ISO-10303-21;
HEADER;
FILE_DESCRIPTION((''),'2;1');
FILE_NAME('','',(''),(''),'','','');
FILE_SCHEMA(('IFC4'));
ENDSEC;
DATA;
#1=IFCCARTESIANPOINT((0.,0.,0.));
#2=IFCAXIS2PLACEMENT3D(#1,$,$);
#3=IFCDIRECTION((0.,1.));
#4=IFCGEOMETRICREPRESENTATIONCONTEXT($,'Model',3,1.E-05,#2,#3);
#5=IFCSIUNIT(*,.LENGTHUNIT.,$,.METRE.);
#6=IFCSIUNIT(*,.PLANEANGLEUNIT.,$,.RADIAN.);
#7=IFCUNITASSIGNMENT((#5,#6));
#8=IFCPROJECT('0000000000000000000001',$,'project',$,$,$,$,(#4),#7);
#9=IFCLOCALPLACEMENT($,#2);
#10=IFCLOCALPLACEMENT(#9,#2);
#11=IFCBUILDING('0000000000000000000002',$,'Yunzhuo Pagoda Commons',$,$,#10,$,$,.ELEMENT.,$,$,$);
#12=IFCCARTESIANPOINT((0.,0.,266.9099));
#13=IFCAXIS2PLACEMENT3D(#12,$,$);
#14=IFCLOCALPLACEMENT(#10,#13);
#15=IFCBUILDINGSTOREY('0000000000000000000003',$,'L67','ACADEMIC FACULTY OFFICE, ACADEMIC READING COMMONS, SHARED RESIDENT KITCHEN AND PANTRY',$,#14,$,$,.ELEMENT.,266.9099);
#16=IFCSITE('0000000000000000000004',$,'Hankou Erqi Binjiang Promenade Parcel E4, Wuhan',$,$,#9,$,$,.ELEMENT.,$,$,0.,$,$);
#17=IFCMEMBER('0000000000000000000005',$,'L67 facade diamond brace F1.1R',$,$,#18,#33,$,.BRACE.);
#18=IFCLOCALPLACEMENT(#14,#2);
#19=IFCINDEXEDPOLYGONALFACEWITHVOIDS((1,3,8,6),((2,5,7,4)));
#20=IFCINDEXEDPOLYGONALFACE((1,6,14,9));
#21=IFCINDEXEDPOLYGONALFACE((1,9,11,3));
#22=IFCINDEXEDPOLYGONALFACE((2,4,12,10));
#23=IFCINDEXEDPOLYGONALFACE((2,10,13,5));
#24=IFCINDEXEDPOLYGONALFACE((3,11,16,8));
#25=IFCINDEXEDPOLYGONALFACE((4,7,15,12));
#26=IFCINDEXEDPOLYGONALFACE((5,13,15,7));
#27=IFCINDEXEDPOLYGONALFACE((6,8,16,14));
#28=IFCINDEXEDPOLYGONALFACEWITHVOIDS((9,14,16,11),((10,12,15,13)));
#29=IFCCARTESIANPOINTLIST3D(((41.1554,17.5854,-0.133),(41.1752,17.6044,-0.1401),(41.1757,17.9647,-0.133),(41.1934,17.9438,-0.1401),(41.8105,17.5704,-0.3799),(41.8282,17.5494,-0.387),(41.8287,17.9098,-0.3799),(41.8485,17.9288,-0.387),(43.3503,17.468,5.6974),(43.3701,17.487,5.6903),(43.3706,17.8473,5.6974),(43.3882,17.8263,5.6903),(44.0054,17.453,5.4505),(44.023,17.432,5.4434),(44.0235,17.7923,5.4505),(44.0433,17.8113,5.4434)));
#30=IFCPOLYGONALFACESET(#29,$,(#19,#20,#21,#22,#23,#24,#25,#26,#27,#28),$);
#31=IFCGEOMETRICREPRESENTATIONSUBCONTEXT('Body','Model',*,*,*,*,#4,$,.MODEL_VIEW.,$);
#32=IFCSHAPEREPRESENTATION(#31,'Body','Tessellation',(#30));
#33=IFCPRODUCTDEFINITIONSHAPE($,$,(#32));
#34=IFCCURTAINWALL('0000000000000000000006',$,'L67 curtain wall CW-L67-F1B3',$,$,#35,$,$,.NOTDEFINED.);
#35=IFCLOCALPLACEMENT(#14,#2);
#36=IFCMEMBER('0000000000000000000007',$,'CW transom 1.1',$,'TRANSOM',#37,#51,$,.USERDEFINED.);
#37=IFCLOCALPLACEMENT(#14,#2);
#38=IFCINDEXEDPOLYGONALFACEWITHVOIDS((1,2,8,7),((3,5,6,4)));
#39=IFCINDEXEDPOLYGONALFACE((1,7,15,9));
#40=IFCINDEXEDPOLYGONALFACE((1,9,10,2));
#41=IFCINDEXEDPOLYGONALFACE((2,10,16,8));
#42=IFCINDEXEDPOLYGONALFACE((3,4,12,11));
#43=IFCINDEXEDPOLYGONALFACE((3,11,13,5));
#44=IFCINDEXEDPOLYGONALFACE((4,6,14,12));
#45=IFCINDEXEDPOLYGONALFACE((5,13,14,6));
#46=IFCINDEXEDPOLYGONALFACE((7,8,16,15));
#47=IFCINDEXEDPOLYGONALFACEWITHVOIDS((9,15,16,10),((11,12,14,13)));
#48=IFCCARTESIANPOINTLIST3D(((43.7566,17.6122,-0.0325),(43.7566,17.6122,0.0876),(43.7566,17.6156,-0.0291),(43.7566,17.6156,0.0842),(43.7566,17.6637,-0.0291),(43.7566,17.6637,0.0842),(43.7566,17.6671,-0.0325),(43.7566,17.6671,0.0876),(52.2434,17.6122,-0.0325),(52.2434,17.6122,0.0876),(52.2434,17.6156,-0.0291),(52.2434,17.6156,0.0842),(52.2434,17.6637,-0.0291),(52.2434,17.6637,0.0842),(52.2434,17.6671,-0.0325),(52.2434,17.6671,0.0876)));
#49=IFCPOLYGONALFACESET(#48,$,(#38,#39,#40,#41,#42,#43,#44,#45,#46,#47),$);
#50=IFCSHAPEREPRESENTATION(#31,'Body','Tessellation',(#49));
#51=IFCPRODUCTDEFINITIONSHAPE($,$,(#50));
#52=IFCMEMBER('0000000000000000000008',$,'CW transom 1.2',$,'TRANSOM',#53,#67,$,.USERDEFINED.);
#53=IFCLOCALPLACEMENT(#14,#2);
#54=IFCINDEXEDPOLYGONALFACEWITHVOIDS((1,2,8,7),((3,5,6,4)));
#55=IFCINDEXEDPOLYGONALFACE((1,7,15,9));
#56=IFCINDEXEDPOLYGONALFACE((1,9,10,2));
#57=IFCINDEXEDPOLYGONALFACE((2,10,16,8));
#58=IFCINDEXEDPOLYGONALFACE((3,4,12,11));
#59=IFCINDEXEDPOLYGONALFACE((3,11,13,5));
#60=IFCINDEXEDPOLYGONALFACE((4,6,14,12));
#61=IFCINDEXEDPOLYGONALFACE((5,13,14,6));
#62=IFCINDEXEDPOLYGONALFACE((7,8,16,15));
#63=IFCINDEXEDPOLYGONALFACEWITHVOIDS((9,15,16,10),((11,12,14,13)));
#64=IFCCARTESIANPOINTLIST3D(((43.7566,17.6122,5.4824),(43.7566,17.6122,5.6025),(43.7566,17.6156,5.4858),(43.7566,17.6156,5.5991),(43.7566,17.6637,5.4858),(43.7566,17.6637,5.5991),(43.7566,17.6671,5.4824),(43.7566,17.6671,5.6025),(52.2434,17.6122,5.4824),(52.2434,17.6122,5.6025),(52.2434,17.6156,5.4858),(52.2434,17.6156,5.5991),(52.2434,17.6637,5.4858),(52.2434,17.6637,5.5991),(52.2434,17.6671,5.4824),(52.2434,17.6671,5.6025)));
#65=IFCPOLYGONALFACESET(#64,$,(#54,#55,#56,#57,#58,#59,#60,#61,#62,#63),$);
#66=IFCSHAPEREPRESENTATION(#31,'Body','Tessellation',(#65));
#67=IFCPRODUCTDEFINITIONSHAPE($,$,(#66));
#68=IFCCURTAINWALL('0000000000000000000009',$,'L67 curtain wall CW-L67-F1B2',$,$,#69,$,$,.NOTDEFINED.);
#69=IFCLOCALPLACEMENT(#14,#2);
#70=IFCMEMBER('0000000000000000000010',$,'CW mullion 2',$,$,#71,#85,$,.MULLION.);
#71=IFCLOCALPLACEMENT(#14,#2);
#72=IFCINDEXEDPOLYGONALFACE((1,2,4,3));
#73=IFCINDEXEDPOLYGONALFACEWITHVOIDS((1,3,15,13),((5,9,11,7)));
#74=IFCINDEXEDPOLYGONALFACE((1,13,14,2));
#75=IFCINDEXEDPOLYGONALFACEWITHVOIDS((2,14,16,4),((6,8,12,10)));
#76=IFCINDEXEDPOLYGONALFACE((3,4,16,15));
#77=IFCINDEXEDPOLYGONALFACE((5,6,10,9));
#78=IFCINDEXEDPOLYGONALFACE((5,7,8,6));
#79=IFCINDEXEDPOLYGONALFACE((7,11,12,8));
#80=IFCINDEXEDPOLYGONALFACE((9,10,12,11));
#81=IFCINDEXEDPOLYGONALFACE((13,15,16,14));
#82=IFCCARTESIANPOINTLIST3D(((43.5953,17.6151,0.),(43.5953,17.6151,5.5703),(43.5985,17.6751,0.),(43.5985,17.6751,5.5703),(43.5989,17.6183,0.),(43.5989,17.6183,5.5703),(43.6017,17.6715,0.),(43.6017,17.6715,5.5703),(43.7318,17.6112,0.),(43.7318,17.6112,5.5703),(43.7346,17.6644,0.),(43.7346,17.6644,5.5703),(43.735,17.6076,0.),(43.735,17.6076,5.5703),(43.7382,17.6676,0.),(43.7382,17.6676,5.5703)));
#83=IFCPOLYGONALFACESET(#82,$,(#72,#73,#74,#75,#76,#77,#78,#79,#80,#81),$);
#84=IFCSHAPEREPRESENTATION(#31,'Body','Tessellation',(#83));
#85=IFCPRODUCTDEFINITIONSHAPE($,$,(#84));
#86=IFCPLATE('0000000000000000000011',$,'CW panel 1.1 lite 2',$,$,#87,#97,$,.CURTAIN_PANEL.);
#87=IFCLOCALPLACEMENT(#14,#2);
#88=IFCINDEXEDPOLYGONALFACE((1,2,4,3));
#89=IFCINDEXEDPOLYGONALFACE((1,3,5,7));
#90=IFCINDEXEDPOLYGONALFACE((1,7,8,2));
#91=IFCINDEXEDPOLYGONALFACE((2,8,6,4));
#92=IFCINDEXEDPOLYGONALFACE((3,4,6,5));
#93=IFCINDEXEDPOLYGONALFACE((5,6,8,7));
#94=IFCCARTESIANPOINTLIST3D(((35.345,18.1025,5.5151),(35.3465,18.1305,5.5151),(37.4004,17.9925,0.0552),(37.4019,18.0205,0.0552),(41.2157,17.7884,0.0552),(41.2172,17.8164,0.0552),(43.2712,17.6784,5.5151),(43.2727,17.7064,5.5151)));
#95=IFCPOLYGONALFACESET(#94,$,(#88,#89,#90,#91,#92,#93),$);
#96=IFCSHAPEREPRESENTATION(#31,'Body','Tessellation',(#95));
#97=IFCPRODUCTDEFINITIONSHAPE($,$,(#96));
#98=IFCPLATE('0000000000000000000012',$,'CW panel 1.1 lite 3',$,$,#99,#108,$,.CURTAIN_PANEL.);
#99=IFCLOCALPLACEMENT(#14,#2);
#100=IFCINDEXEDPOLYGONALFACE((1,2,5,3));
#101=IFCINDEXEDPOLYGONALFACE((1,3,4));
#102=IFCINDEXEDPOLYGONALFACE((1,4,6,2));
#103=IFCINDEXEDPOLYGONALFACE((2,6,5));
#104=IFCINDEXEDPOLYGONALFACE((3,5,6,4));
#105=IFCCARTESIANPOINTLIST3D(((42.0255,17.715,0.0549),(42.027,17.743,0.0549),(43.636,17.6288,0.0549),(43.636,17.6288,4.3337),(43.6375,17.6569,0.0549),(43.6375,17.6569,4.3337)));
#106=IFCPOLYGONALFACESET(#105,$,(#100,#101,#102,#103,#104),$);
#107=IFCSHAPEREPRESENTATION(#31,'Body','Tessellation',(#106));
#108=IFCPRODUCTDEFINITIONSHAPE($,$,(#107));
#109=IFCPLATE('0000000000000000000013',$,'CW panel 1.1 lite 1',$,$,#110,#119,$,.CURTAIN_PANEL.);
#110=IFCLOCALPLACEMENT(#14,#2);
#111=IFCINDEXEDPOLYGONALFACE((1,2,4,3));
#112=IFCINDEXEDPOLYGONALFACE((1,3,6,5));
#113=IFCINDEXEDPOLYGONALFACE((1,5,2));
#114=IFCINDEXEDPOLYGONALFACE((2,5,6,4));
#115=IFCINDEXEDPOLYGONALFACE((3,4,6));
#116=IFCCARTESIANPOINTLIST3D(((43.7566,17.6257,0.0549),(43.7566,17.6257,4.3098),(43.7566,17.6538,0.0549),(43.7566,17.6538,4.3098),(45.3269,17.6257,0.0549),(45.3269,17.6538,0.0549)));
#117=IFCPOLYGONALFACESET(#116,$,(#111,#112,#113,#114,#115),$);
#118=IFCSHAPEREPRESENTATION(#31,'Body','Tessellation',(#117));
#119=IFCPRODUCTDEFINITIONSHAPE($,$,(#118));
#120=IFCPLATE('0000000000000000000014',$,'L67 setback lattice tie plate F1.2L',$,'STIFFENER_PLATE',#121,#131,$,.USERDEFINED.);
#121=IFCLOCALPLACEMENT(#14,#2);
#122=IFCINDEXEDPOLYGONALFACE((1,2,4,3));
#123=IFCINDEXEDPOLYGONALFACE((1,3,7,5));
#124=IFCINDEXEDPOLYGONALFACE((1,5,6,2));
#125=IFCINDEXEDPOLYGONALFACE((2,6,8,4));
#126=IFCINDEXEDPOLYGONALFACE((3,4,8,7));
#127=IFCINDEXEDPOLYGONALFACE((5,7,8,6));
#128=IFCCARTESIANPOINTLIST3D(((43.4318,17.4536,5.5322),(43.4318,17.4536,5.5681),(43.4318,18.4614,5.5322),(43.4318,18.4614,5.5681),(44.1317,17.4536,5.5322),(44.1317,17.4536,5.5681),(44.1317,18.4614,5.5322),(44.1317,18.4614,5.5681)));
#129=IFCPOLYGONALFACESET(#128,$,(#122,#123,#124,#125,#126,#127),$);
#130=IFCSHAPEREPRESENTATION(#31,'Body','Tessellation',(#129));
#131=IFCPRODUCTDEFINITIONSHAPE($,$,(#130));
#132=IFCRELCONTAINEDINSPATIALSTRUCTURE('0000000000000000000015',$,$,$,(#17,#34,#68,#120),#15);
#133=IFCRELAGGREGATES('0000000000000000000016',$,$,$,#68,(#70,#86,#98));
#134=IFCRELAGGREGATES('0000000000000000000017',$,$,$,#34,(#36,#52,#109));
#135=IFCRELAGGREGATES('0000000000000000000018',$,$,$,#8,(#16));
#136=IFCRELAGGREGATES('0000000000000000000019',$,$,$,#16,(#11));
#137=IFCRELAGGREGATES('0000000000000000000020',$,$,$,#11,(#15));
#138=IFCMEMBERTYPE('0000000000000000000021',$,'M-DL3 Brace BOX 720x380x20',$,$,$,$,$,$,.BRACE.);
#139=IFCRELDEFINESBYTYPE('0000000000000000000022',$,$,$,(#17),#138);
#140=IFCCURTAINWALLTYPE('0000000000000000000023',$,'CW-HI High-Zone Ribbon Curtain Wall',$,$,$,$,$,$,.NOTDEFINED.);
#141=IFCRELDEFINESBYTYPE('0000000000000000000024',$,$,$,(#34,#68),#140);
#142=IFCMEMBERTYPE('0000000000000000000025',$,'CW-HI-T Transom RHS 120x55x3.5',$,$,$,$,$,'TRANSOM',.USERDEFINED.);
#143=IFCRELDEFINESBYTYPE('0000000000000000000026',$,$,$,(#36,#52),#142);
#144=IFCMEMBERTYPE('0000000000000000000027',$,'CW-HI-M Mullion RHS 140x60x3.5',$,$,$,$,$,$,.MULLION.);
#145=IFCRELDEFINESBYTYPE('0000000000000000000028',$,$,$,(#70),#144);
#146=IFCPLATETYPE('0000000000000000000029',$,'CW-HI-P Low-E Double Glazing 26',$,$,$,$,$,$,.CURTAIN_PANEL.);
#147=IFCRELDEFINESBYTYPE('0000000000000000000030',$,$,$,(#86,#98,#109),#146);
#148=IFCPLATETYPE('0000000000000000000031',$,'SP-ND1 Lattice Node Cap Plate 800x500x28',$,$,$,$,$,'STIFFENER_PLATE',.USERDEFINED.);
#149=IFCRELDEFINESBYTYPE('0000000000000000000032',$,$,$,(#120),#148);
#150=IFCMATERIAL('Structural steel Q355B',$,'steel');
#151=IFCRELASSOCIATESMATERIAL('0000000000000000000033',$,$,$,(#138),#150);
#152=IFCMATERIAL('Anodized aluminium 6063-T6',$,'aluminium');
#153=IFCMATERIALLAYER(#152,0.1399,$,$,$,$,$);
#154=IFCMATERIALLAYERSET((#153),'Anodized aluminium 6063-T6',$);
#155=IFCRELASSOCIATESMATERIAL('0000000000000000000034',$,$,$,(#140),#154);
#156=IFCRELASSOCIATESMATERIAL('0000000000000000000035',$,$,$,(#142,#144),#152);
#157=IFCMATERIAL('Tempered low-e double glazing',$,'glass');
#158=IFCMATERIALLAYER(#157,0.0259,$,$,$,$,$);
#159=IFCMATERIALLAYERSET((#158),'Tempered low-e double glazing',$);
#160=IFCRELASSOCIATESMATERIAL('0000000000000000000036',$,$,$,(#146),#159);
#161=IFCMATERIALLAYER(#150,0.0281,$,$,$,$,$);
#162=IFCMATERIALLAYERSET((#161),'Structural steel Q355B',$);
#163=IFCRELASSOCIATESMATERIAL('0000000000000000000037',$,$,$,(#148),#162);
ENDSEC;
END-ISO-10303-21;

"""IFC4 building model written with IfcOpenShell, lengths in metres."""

from ifc_helpers import new_model, si_unit, direction, frame, origin, origin_2d, place, context, subcontext, project, spatial, polyline, rectangle, hollow_rectangle, outline, extrude, source, transform, mapped, material, layer, layer_set, material_profile, profile_set, type_object, element, aggregate, save


model = new_model("IFC4")

# Units and contexts
model_context = context("Model", 3, precision=1e-05, world=origin(), true_north=direction((0.0, 1.0)))
body_context = subcontext(model_context, "Body", "Model", "MODEL_VIEW")
ifc_project = project(units=[si_unit("LENGTHUNIT", "METRE"), si_unit("PLANEANGLEUNIT", "RADIAN")], contexts=[model_context])

# Site, building, storey
site_placement = place(None, origin())
site = spatial("IfcSite", under=ifc_project, at=site_placement, Name="Hankou Erqi Binjiang Promenade Parcel E4, Wuhan", CompositionType="ELEMENT", RefElevation=0.0)
building_placement = place(site_placement, origin())
building = spatial("IfcBuilding", under=site, at=building_placement, Name="Yunzhuo Pagoda Commons", CompositionType="ELEMENT")
storey_placement = place(building_placement, frame((0.0, 0.0, 266.9099)))
storey = spatial("IfcBuildingStorey", under=building, at=storey_placement, Name="L67", Description="ACADEMIC FACULTY OFFICE, ACADEMIC READING COMMONS, SHARED RESIDENT KITCHEN AND PANTRY", CompositionType="ELEMENT", Elevation=266.9099)

# Shared definitions
ifc_material_1 = material(Name="Structural steel Q355B", Category="steel")

# Member
ifc_material_profile_1 = material_profile(ifc_material_1, hollow_rectangle(XDim=0.3799, YDim=0.72, WallThickness=0.02, at=origin_2d()), Name="Structural steel Q355B")
ifc_profile_set_1 = profile_set([ifc_material_profile_1], Name="Structural steel Q355B")
member_type_1 = type_object("IfcMemberType", Name="M-DL3 Brace BOX 720x380x20", PredefinedType="BRACE", material=ifc_profile_set_1)
shared_shape_1 = source(origin(), body_context, "Body", "SweptSolid", [
    extrude(hollow_rectangle(XDim=0.3799, YDim=0.72, WallThickness=0.02, at=origin_2d()), origin(), (0.0, 0.0, 1.0), 6.231),
])
member_1_placement = place(storey_placement, frame((41.502, 17.7571, -0.26), z_axis=(0.35225, -0.018847, 0.935716), x_axis=(0.053427, 0.998572, 0.0)))
element("IfcMember", 1, at=member_1_placement, inside=storey, type_object=member_type_1, Name="L67 facade diamond brace F1.1R", PredefinedType="BRACE", context=body_context, shape_type="MappedRepresentation", body=[
    mapped(shared_shape_1, transform((0.0, 0.0, 0.0), scale=1.0)),
])

# Curtain wall, members
ifc_material_2 = material(Name="Anodized aluminium 6063-T6", Category="aluminium")
ifc_layer_1 = layer(ifc_material_2, 0.1399)
ifc_layer_set_1 = layer_set([ifc_layer_1], Name="Anodized aluminium 6063-T6")
curtain_wall_type = type_object("IfcCurtainWallType", Name="CW-HI High-Zone Ribbon Curtain Wall", PredefinedType="NOTDEFINED", material=ifc_layer_set_1)
curtain_wall_1_placement = place(storey_placement, origin())
curtain_wall_1 = element("IfcCurtainWall", 2, at=curtain_wall_1_placement, inside=storey, type_object=curtain_wall_type, Name="L67 curtain wall CW-L67-F1B3", PredefinedType="NOTDEFINED")
ifc_material_profile_2 = material_profile(ifc_material_2, hollow_rectangle(XDim=0.0549, YDim=0.1201, WallThickness=0.0034, at=origin_2d()), Name="Anodized aluminium 6063-T6")
ifc_profile_set_2 = profile_set([ifc_material_profile_2], Name="Anodized aluminium 6063-T6")
member_type_2 = type_object("IfcMemberType", Name="CW-HI-T Transom RHS 120x55x3.5", ElementType="TRANSOM", PredefinedType="USERDEFINED", material=ifc_profile_set_2)
shared_shape_2 = source(origin(), body_context, "Body", "SweptSolid", [
    extrude(hollow_rectangle(XDim=0.0549, YDim=0.1201, WallThickness=0.0034, at=origin_2d()), origin(), (0.0, 0.0, 1.0), 8.4868),
])
member_2_placement = place(storey_placement, frame((43.7566, 17.6396, 0.0276), z_axis=(1.0, 0.0, 0.0), x_axis=(0.0, 1.0, 0.0)))
member_2 = element("IfcMember", 3, at=member_2_placement, type_object=member_type_2, Name="CW transom 1.1", ObjectType="TRANSOM", PredefinedType="USERDEFINED", context=body_context, shape_type="MappedRepresentation", body=[
    mapped(shared_shape_2, transform((0.0, 0.0, 0.0), scale=1.0)),
])
member_3_placement = place(storey_placement, frame((43.7566, 17.6396, 5.5425), z_axis=(1.0, 0.0, 0.0), x_axis=(0.0, 1.0, 0.0)))
member_3 = element("IfcMember", 4, at=member_3_placement, type_object=member_type_2, Name="CW transom 1.2", ObjectType="TRANSOM", PredefinedType="USERDEFINED", context=body_context, shape_type="MappedRepresentation", body=[
    mapped(shared_shape_2, transform((0.0, 0.0, 0.0), scale=1.0)),
])

# Curtain wall, member, plates
curtain_wall_2_placement = place(storey_placement, origin())
curtain_wall_2 = element("IfcCurtainWall", 5, at=curtain_wall_2_placement, inside=storey, type_object=curtain_wall_type, Name="L67 curtain wall CW-L67-F1B2", PredefinedType="NOTDEFINED")
ifc_material_profile_3 = material_profile(ifc_material_2, hollow_rectangle(XDim=0.0601, YDim=0.1399, WallThickness=0.0034, at=origin_2d()), Name="Anodized aluminium 6063-T6")
ifc_profile_set_3 = profile_set([ifc_material_profile_3], Name="Anodized aluminium 6063-T6")
member_type_3 = type_object("IfcMemberType", Name="CW-HI-M Mullion RHS 140x60x3.5", PredefinedType="MULLION", material=ifc_profile_set_3)
shared_shape_3 = source(origin(), body_context, "Body", "SweptSolid", [
    extrude(hollow_rectangle(XDim=0.0601, YDim=0.1399, WallThickness=0.0034, at=origin_2d()), origin(), (0.0, 0.0, 1.0), 5.5703),
])
member_4_placement = place(storey_placement, frame((43.6667, 17.6414, 0.0), z_axis=(0.0, 0.0, 1.0), x_axis=(0.053427, 0.998572, 0.0)))
member_4 = element("IfcMember", 6, at=member_4_placement, type_object=member_type_3, Name="CW mullion 2", PredefinedType="MULLION", context=body_context, shape_type="MappedRepresentation", body=[
    mapped(shared_shape_3, transform((0.0, 0.0, 0.0), scale=1.0)),
])
ifc_material_3 = material(Name="Tempered low-e double glazing", Category="glass")
ifc_layer_2 = layer(ifc_material_3, 0.0259)
ifc_layer_set_2 = layer_set([ifc_layer_2], Name="Tempered low-e double glazing")
plate_type_1 = type_object("IfcPlateType", Name="CW-HI-P Low-E Double Glazing 26", PredefinedType="CURTAIN_PANEL", material=ifc_layer_set_2)
plate_1_placement = place(storey_placement, frame((39.3096, 17.9185, 2.7852), z_axis=(-0.053427, -0.998572, 0.0), x_axis=(0.998572, -0.053427, 0.0)))
plate_1 = element("IfcPlate", 7, at=plate_1_placement, type_object=plate_type_1, Name="CW panel 1.1 lite 2", PredefinedType="CURTAIN_PANEL", context=body_context, shape_type="SweptSolid", body=[
    extrude(outline(polyline([(-3.9688, 2.73), (-1.9104, -2.73), (1.9104, -2.73), (3.9688, 2.73), (-3.9688, 2.73)])), origin(), (0.0, 0.0, 1.0), 0.0281),
])
plate_2_placement = place(storey_placement, frame((42.8323, 17.7, 2.1943), z_axis=(-0.053427, -0.998572, 0.0), x_axis=(0.998572, -0.053427, 0.0)))
plate_2 = element("IfcPlate", 8, at=plate_2_placement, type_object=plate_type_1, Name="CW panel 1.1 lite 3", PredefinedType="CURTAIN_PANEL", context=body_context, shape_type="SweptSolid", body=[
    extrude(outline(polyline([(-0.8064, -2.1394), (0.8064, -2.1394), (0.8064, 2.1394), (-0.8064, -2.1394)])), origin(), (0.0, 0.0, 1.0), 0.0281),
])
aggregate(curtain_wall_2, [member_4, plate_1, plate_2])

# Plates
plate_3_placement = place(storey_placement, frame((44.5417, 17.6538, 2.1824), z_axis=(0.0, -1.0, 0.0), x_axis=(1.0, 0.0, 0.0)))
plate_3 = element("IfcPlate", 9, at=plate_3_placement, type_object=plate_type_1, Name="CW panel 1.1 lite 1", PredefinedType="CURTAIN_PANEL", context=body_context, shape_type="SweptSolid", body=[
    extrude(outline(polyline([(-0.7852, -2.1274), (0.7852, -2.1274), (-0.7852, 2.1274), (-0.7852, -2.1274)])), origin(), (0.0, 0.0, 1.0), 0.0281),
])
aggregate(curtain_wall_1, [member_2, member_3, plate_3])
ifc_layer_3 = layer(ifc_material_1, 0.0281)
ifc_layer_set_3 = layer_set([ifc_layer_3], Name="Structural steel Q355B")
plate_type_2 = type_object("IfcPlateType", Name="SP-ND1 Lattice Node Cap Plate 800x500x28", ElementType="STIFFENER_PLATE", PredefinedType="USERDEFINED", material=ifc_layer_set_3)
shared_shape_4 = source(origin(), body_context, "Body", "SweptSolid", [
    extrude(rectangle(XDim=0.7, YDim=1.0078, at=origin_2d()), origin(), (0.0, 0.0, 1.0), 0.0359),
])
plate_4_placement = place(storey_placement, frame((43.7817, 17.9575, 5.5322), z_axis=(0.0, 0.0, 1.0), x_axis=(1.0, 0.0, 0.0)))
element("IfcPlate", 10, at=plate_4_placement, inside=storey, type_object=plate_type_2, Name="L67 setback lattice tie plate F1.2L", ObjectType="STIFFENER_PLATE", PredefinedType="USERDEFINED", context=body_context, shape_type="MappedRepresentation", body=[
    mapped(shared_shape_4, transform((0.0, 0.0, 0.0), scale=1.0)),
])

save(model, "model.ifc")
